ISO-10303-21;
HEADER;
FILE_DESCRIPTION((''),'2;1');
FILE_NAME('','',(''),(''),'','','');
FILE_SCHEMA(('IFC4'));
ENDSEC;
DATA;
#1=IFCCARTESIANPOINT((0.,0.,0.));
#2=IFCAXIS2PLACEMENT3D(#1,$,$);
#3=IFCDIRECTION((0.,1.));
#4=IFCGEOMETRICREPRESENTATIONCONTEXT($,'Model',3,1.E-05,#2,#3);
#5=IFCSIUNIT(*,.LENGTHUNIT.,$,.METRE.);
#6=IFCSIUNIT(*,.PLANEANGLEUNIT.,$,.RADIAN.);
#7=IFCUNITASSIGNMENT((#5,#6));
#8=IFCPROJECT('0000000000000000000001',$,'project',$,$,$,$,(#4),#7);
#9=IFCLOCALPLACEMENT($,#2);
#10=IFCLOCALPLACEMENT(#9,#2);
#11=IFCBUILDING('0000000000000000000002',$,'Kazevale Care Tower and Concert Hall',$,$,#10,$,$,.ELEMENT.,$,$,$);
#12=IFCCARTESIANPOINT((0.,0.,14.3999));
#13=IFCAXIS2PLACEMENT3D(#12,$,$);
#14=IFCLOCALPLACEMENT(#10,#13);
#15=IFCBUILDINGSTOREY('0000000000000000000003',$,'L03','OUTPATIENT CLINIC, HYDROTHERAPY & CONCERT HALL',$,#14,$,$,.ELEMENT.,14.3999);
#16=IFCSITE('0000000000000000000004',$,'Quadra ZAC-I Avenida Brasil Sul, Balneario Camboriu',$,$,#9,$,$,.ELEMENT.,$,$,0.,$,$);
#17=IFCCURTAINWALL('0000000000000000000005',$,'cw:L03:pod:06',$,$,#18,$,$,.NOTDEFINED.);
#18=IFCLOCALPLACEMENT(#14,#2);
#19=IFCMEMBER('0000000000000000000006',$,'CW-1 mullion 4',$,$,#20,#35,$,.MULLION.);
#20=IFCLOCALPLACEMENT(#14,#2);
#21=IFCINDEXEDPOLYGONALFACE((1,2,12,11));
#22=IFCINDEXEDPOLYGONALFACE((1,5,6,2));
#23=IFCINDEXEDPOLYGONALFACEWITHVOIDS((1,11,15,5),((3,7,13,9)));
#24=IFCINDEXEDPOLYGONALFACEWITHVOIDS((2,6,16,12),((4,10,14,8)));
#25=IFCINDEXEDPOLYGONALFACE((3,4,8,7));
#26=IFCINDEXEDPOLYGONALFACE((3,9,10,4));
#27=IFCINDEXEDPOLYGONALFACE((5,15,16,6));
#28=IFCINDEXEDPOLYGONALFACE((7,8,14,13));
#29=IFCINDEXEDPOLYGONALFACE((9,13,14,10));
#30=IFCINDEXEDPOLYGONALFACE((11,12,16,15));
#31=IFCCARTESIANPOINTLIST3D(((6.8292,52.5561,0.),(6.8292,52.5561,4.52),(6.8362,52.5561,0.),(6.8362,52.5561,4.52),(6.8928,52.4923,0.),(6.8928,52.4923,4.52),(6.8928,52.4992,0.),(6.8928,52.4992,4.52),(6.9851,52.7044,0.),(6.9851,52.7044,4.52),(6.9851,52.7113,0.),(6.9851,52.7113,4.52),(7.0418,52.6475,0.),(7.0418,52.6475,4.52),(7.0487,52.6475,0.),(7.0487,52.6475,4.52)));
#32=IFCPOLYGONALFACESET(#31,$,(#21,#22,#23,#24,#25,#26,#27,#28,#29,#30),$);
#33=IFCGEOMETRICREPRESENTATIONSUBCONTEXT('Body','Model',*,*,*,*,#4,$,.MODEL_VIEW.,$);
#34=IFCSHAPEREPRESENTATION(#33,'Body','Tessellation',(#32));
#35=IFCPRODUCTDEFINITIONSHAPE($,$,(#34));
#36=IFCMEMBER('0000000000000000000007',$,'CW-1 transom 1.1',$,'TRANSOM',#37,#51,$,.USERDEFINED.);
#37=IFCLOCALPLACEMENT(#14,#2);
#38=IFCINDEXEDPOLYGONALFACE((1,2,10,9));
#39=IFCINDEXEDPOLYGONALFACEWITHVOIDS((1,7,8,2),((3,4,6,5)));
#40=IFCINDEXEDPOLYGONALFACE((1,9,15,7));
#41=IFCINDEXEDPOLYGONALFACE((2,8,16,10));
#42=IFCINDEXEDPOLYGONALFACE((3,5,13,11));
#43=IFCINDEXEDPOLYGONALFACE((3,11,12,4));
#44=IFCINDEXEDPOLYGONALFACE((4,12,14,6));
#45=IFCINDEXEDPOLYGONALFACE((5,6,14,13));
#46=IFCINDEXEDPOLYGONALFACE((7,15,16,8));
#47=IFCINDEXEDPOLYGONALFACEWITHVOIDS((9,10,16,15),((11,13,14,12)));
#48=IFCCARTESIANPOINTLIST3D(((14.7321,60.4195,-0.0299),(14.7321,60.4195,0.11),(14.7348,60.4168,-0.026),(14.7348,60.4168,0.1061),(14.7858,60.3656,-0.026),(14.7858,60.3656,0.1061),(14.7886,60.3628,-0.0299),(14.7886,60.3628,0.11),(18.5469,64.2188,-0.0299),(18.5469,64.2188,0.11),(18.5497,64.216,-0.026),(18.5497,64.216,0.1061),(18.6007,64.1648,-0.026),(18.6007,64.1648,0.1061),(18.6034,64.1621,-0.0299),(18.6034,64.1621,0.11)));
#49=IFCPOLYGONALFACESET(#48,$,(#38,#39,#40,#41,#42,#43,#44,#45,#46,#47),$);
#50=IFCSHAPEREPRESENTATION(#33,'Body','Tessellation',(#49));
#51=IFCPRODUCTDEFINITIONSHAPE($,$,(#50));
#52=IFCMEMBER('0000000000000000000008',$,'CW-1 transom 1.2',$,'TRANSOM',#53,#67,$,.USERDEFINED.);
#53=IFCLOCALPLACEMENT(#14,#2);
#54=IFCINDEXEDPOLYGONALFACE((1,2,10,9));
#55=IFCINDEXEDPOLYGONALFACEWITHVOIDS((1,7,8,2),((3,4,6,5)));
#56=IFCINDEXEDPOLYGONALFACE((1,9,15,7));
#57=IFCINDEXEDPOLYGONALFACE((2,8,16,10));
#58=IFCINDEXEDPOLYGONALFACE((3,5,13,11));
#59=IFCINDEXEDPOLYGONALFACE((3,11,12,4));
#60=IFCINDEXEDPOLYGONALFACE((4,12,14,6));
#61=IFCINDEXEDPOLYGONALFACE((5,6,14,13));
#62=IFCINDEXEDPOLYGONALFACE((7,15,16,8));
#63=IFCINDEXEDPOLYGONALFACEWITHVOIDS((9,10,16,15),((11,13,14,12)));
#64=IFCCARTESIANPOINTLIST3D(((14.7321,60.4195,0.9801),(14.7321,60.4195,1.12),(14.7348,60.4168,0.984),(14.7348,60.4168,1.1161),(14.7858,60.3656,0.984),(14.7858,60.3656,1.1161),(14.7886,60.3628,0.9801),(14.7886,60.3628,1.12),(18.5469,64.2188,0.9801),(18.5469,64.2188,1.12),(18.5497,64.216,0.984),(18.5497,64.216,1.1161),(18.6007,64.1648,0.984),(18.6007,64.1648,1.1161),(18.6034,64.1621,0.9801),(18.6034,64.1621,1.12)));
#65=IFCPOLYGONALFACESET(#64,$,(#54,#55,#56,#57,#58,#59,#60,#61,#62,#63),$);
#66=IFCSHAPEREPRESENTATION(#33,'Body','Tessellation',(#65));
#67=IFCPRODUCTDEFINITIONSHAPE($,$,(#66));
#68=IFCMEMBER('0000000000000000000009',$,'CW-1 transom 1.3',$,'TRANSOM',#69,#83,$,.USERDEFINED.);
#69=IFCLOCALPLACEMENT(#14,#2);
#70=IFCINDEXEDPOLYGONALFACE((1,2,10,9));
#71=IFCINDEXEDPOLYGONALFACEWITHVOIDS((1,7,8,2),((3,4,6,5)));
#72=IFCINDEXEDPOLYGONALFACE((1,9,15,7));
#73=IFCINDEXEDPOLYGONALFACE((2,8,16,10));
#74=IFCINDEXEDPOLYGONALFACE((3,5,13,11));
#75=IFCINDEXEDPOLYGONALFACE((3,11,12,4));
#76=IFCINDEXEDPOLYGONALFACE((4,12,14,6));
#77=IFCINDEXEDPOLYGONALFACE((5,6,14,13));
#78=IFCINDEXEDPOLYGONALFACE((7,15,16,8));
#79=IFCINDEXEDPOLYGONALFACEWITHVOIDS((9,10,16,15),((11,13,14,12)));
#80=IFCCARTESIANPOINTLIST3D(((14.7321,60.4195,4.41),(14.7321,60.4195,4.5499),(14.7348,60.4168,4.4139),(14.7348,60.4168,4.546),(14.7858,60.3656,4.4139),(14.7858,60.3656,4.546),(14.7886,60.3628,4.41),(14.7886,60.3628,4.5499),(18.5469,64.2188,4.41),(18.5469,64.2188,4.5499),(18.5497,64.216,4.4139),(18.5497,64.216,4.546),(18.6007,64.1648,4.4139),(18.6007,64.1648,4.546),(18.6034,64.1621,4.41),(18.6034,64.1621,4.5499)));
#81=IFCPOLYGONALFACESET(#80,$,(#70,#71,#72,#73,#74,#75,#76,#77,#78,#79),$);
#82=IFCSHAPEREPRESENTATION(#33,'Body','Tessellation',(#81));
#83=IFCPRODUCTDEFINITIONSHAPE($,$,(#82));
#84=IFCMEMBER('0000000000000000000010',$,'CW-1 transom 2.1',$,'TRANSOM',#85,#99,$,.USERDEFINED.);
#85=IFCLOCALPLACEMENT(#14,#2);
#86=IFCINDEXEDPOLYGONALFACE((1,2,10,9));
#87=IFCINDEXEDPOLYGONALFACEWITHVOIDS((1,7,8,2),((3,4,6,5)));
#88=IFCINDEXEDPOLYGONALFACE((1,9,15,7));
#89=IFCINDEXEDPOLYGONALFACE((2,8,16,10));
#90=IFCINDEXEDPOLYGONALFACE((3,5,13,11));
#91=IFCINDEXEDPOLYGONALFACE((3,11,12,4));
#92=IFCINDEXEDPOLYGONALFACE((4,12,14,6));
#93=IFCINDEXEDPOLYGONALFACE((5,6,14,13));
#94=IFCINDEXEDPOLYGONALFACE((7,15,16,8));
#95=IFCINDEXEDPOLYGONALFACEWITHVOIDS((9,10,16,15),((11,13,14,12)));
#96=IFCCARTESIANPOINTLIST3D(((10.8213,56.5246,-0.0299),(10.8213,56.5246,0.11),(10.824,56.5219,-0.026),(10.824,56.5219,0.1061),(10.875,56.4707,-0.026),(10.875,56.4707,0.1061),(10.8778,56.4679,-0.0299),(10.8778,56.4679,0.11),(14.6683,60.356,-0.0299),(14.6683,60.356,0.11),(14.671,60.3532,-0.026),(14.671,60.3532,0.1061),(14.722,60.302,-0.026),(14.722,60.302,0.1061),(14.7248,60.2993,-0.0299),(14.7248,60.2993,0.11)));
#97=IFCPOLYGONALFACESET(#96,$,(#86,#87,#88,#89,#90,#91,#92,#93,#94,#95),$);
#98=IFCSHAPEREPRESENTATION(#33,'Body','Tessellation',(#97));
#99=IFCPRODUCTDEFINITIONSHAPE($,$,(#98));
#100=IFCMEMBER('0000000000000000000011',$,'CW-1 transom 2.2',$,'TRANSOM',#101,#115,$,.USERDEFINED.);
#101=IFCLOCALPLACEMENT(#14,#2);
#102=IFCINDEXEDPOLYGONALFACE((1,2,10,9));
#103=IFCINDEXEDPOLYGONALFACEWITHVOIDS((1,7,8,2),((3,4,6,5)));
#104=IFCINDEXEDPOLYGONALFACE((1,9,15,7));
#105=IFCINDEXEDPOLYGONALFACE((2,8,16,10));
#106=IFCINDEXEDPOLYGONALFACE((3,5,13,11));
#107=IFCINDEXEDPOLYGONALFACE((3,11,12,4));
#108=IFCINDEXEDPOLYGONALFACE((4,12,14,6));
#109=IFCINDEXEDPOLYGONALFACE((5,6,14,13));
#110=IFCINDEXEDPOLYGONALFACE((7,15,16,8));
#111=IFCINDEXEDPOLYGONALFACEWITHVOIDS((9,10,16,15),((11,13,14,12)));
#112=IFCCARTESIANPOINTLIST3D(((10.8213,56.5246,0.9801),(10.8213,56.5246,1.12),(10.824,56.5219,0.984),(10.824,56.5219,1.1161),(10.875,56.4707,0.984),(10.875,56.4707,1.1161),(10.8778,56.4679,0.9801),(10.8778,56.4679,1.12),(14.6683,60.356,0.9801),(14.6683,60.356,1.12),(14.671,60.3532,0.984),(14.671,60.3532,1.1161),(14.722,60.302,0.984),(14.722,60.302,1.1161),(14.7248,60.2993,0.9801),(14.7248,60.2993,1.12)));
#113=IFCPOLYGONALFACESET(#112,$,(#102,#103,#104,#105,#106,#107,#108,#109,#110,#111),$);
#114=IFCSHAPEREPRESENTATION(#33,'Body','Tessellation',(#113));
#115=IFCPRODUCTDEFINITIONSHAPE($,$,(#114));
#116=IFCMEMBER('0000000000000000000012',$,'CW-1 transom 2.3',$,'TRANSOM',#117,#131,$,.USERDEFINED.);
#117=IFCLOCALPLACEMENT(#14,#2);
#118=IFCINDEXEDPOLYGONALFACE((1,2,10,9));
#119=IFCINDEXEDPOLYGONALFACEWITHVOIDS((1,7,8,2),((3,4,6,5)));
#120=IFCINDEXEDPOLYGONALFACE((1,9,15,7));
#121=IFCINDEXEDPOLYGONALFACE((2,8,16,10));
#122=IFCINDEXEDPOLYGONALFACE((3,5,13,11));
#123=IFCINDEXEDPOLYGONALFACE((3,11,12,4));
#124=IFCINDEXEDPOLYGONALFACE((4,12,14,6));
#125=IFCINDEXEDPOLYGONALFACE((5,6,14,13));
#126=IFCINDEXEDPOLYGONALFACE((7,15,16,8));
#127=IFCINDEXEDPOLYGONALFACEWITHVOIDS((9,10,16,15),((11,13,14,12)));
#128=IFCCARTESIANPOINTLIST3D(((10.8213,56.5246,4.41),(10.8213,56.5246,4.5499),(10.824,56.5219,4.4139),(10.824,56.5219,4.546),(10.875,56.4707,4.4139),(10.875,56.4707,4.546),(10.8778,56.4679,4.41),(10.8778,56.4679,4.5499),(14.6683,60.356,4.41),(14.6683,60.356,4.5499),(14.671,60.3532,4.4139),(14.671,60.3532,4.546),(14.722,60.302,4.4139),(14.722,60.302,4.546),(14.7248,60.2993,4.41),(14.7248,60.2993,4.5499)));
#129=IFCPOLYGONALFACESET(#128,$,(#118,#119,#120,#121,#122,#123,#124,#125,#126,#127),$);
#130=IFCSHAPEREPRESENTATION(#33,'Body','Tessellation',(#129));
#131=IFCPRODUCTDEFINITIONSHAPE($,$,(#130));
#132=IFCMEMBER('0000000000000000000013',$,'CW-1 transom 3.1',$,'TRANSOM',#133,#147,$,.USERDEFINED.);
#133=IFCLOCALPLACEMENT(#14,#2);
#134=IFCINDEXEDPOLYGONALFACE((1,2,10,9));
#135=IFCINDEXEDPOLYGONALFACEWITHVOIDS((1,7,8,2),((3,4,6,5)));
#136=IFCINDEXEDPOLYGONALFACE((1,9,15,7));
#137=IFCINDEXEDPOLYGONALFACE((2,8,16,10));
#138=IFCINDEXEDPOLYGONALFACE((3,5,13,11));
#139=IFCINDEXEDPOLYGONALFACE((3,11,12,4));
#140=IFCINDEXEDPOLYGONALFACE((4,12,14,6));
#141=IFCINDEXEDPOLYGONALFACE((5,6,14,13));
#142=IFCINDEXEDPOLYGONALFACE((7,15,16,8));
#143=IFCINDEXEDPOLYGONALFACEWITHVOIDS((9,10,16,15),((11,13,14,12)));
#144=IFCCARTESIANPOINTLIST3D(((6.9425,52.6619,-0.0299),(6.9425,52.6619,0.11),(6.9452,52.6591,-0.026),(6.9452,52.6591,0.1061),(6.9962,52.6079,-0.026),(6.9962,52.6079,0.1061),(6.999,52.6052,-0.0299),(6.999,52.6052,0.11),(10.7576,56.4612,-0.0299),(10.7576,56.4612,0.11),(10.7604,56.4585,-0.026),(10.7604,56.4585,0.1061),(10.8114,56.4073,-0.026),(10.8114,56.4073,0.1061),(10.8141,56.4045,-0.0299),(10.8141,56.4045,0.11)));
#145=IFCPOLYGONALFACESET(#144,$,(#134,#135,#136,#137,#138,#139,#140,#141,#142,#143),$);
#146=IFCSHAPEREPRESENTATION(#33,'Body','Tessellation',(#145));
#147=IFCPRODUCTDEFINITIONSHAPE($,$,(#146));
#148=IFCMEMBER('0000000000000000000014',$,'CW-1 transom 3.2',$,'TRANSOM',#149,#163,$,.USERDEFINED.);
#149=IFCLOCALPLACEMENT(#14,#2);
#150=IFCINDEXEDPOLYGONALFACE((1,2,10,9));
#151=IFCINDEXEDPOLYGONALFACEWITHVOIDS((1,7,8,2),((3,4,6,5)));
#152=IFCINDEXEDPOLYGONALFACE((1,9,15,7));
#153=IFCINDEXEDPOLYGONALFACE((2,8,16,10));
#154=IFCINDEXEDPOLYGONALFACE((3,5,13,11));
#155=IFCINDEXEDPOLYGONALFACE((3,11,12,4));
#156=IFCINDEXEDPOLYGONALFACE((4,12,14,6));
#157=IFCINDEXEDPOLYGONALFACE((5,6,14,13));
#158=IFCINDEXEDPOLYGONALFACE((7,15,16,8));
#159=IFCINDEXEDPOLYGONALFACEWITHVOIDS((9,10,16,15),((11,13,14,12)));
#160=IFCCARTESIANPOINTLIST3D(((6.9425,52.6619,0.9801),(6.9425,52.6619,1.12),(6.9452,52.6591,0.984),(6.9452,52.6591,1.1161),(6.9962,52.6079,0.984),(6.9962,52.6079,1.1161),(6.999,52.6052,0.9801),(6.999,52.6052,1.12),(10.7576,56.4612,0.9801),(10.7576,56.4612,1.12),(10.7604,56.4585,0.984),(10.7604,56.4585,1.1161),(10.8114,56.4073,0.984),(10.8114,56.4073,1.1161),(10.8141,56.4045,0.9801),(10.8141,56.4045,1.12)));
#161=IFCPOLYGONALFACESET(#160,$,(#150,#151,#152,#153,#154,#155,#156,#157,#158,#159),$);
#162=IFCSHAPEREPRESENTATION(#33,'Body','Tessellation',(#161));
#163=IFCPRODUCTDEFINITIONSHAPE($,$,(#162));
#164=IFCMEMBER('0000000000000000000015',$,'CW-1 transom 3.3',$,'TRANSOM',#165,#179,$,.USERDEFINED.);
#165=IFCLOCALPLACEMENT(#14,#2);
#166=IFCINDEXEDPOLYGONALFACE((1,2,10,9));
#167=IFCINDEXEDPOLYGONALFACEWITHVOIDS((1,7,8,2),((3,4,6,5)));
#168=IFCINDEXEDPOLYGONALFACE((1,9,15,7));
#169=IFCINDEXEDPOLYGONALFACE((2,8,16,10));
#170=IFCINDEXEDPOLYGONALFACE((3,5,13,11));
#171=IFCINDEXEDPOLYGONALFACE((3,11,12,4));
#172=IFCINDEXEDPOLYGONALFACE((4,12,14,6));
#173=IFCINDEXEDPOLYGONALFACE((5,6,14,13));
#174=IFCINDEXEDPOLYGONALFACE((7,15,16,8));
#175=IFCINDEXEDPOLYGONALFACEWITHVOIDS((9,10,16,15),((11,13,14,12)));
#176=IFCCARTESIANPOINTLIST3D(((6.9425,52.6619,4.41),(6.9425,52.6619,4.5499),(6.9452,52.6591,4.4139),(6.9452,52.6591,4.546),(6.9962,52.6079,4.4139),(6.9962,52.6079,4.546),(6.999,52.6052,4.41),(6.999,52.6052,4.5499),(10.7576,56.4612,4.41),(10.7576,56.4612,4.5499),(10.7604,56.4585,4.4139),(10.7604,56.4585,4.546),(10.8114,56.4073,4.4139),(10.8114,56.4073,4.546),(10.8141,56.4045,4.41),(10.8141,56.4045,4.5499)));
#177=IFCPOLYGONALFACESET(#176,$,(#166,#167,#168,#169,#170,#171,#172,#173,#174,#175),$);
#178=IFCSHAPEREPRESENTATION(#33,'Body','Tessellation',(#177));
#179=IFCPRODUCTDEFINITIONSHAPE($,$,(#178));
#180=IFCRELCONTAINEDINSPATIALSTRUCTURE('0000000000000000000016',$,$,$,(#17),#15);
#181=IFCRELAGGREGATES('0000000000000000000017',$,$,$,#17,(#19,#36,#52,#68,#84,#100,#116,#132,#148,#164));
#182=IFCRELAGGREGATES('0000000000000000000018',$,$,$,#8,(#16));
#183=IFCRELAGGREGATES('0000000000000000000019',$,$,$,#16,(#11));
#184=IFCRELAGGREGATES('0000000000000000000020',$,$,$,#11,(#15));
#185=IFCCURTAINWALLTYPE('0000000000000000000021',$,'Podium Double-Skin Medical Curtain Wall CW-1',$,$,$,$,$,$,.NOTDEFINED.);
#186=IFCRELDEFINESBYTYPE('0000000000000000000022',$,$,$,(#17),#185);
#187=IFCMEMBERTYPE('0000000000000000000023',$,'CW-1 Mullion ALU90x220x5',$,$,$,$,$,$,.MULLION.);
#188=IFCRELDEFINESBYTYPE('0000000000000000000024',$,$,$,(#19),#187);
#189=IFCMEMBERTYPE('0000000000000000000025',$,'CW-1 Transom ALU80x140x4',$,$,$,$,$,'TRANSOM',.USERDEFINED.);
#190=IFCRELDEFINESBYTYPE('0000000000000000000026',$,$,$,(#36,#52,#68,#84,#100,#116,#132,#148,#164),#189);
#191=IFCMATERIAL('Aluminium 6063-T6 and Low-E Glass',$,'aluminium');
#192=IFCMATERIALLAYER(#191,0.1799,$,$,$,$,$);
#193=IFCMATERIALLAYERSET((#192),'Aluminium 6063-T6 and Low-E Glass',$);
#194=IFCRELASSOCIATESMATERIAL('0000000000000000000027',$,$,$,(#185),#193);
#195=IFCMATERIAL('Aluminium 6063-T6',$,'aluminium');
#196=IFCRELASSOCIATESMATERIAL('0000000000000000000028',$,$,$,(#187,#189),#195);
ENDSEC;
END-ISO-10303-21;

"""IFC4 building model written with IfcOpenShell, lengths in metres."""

from ifc_helpers import new_model, si_unit, direction, frame, origin, origin_2d, place, context, subcontext, project, spatial, hollow_rectangle, extrude, material, layer, layer_set, material_profile, profile_set, type_object, element, aggregate, save


model = new_model("IFC4")

# Units and contexts
model_context = context("Model", 3, precision=1e-05, world=origin(), true_north=direction((0.0, 1.0)))
body_context = subcontext(model_context, "Body", "Model", "MODEL_VIEW")
ifc_project = project(units=[si_unit("LENGTHUNIT", "METRE"), si_unit("PLANEANGLEUNIT", "RADIAN")], contexts=[model_context])

# Site, building, storey
site_placement = place(None, origin())
site = spatial("IfcSite", under=ifc_project, at=site_placement, Name="Quadra ZAC-I Avenida Brasil Sul, Balneario Camboriu", CompositionType="ELEMENT", RefElevation=0.0)
building_placement = place(site_placement, origin())
building = spatial("IfcBuilding", under=site, at=building_placement, Name="Kazevale Care Tower and Concert Hall", CompositionType="ELEMENT")
storey_placement = place(building_placement, frame((0.0, 0.0, 14.3999)))
storey = spatial("IfcBuildingStorey", under=building, at=storey_placement, Name="L03", Description="OUTPATIENT CLINIC, HYDROTHERAPY & CONCERT HALL", CompositionType="ELEMENT", Elevation=14.3999)

# Curtain wall, members
ifc_material_1 = material(Name="Aluminium 6063-T6 and Low-E Glass", Category="aluminium")
ifc_layer_1 = layer(ifc_material_1, 0.1799)
ifc_layer_set_1 = layer_set([ifc_layer_1], Name="Aluminium 6063-T6 and Low-E Glass")
curtain_wall_type = type_object("IfcCurtainWallType", Name="Podium Double-Skin Medical Curtain Wall CW-1", PredefinedType="NOTDEFINED", material=ifc_layer_set_1)
curtain_wall_placement = place(storey_placement, origin())
curtain_wall = element("IfcCurtainWall", 1, at=curtain_wall_placement, inside=storey, type_object=curtain_wall_type, Name="cw:L03:pod:06", PredefinedType="NOTDEFINED")
ifc_material_2 = material(Name="Aluminium 6063-T6", Category="aluminium")
ifc_material_profile_1 = material_profile(ifc_material_2, hollow_rectangle(XDim=0.0901, YDim=0.22, WallThickness=0.0049, at=origin_2d()), Name="ALU90x220x5")
ifc_profile_set_1 = profile_set([ifc_material_profile_1], Name="Aluminium 6063-T6")
member_type_1 = type_object("IfcMemberType", Name="CW-1 Mullion ALU90x220x5", PredefinedType="MULLION", material=ifc_profile_set_1)
member_1_placement = place(storey_placement, frame((6.939, 52.6018, 0.0), z_axis=(0.0, 0.0, 1.0), x_axis=(0.705656, -0.708555, 0.0)))
member_1 = element("IfcMember", 2, at=member_1_placement, type_object=member_type_1, Name="CW-1 mullion 4", PredefinedType="MULLION", context=body_context, shape_type="SweptSolid", body=[
    extrude(hollow_rectangle(XDim=0.0901, YDim=0.22, WallThickness=0.0049, at=origin_2d()), origin(), (0.0, 0.0, 1.0), 4.52),
])
ifc_material_profile_2 = material_profile(ifc_material_2, hollow_rectangle(XDim=0.0801, YDim=0.1399, WallThickness=0.0039, at=origin_2d()), Name="ALU80x140x4")
ifc_profile_set_2 = profile_set([ifc_material_profile_2], Name="Aluminium 6063-T6")
member_type_2 = type_object("IfcMemberType", Name="CW-1 Transom ALU80x140x4", ElementType="TRANSOM", PredefinedType="USERDEFINED", material=ifc_profile_set_2)
member_2_placement = place(storey_placement, frame((18.5752, 64.1904, 0.04), z_axis=(-0.708556, -0.705654, 0.0), x_axis=(0.705654, -0.708556, 0.0)))
member_2 = element("IfcMember", 3, at=member_2_placement, type_object=member_type_2, Name="CW-1 transom 1.1", ObjectType="TRANSOM", PredefinedType="USERDEFINED", context=body_context, shape_type="SweptSolid", body=[
    extrude(hollow_rectangle(XDim=0.0801, YDim=0.1399, WallThickness=0.0039, at=origin_2d()), origin(), (0.0, 0.0, 1.0), 5.384),
])
member_3_placement = place(storey_placement, frame((18.5752, 64.1904, 1.05), z_axis=(-0.708556, -0.705654, 0.0), x_axis=(0.705654, -0.708556, 0.0)))
member_3 = element("IfcMember", 4, at=member_3_placement, type_object=member_type_2, Name="CW-1 transom 1.2", ObjectType="TRANSOM", PredefinedType="USERDEFINED", context=body_context, shape_type="SweptSolid", body=[
    extrude(hollow_rectangle(XDim=0.0801, YDim=0.1399, WallThickness=0.0039, at=origin_2d()), origin(), (0.0, 0.0, 1.0), 5.384),
])
member_4_placement = place(storey_placement, frame((18.5752, 64.1904, 4.48), z_axis=(-0.708556, -0.705654, 0.0), x_axis=(0.705654, -0.708556, 0.0)))
member_4 = element("IfcMember", 5, at=member_4_placement, type_object=member_type_2, Name="CW-1 transom 1.3", ObjectType="TRANSOM", PredefinedType="USERDEFINED", context=body_context, shape_type="SweptSolid", body=[
    extrude(hollow_rectangle(XDim=0.0801, YDim=0.1399, WallThickness=0.0039, at=origin_2d()), origin(), (0.0, 0.0, 1.0), 5.384),
])
member_5_placement = place(storey_placement, frame((14.6965, 60.3276, 0.04), z_axis=(-0.708544, -0.705666, 0.0), x_axis=(0.705666, -0.708544, 0.0)))
member_5 = element("IfcMember", 6, at=member_5_placement, type_object=member_type_2, Name="CW-1 transom 2.1", ObjectType="TRANSOM", PredefinedType="USERDEFINED", context=body_context, shape_type="SweptSolid", body=[
    extrude(hollow_rectangle(XDim=0.0801, YDim=0.1399, WallThickness=0.0039, at=origin_2d()), origin(), (0.0, 0.0, 1.0), 5.4294),
])
member_6_placement = place(storey_placement, frame((14.6965, 60.3276, 1.05), z_axis=(-0.708544, -0.705666, 0.0), x_axis=(0.705666, -0.708544, 0.0)))
member_6 = element("IfcMember", 7, at=member_6_placement, type_object=member_type_2, Name="CW-1 transom 2.2", ObjectType="TRANSOM", PredefinedType="USERDEFINED", context=body_context, shape_type="SweptSolid", body=[
    extrude(hollow_rectangle(XDim=0.0801, YDim=0.1399, WallThickness=0.0039, at=origin_2d()), origin(), (0.0, 0.0, 1.0), 5.4294),
])
member_7_placement = place(storey_placement, frame((14.6965, 60.3276, 4.48), z_axis=(-0.708544, -0.705666, 0.0), x_axis=(0.705666, -0.708544, 0.0)))
member_7 = element("IfcMember", 8, at=member_7_placement, type_object=member_type_2, Name="CW-1 transom 2.3", ObjectType="TRANSOM", PredefinedType="USERDEFINED", context=body_context, shape_type="SweptSolid", body=[
    extrude(hollow_rectangle(XDim=0.0801, YDim=0.1399, WallThickness=0.0039, at=origin_2d()), origin(), (0.0, 0.0, 1.0), 5.4294),
])
member_8_placement = place(storey_placement, frame((10.7859, 56.4329, 0.04), z_axis=(-0.708579, -0.705632, 0.0), x_axis=(0.705632, -0.708579, 0.0)))
member_8 = element("IfcMember", 9, at=member_8_placement, type_object=member_type_2, Name="CW-1 transom 3.1", ObjectType="TRANSOM", PredefinedType="USERDEFINED", context=body_context, shape_type="SweptSolid", body=[
    extrude(hollow_rectangle(XDim=0.0801, YDim=0.1399, WallThickness=0.0039, at=origin_2d()), origin(), (0.0, 0.0, 1.0), 5.3843),
])
member_9_placement = place(storey_placement, frame((10.7859, 56.4329, 1.05), z_axis=(-0.708579, -0.705632, 0.0), x_axis=(0.705632, -0.708579, 0.0)))
member_9 = element("IfcMember", 10, at=member_9_placement, type_object=member_type_2, Name="CW-1 transom 3.2", ObjectType="TRANSOM", PredefinedType="USERDEFINED", context=body_context, shape_type="SweptSolid", body=[
    extrude(hollow_rectangle(XDim=0.0801, YDim=0.1399, WallThickness=0.0039, at=origin_2d()), origin(), (0.0, 0.0, 1.0), 5.3843),
])
member_10_placement = place(storey_placement, frame((10.7859, 56.4329, 4.48), z_axis=(-0.708579, -0.705632, 0.0), x_axis=(0.705632, -0.708579, 0.0)))
member_10 = element("IfcMember", 11, at=member_10_placement, type_object=member_type_2, Name="CW-1 transom 3.3", ObjectType="TRANSOM", PredefinedType="USERDEFINED", context=body_context, shape_type="SweptSolid", body=[
    extrude(hollow_rectangle(XDim=0.0801, YDim=0.1399, WallThickness=0.0039, at=origin_2d()), origin(), (0.0, 0.0, 1.0), 5.3843),
])

aggregate(curtain_wall, [member_1, member_2, member_3, member_4, member_5, member_6, member_7, member_8, member_9, member_10])

save(model, "model.ifc")
